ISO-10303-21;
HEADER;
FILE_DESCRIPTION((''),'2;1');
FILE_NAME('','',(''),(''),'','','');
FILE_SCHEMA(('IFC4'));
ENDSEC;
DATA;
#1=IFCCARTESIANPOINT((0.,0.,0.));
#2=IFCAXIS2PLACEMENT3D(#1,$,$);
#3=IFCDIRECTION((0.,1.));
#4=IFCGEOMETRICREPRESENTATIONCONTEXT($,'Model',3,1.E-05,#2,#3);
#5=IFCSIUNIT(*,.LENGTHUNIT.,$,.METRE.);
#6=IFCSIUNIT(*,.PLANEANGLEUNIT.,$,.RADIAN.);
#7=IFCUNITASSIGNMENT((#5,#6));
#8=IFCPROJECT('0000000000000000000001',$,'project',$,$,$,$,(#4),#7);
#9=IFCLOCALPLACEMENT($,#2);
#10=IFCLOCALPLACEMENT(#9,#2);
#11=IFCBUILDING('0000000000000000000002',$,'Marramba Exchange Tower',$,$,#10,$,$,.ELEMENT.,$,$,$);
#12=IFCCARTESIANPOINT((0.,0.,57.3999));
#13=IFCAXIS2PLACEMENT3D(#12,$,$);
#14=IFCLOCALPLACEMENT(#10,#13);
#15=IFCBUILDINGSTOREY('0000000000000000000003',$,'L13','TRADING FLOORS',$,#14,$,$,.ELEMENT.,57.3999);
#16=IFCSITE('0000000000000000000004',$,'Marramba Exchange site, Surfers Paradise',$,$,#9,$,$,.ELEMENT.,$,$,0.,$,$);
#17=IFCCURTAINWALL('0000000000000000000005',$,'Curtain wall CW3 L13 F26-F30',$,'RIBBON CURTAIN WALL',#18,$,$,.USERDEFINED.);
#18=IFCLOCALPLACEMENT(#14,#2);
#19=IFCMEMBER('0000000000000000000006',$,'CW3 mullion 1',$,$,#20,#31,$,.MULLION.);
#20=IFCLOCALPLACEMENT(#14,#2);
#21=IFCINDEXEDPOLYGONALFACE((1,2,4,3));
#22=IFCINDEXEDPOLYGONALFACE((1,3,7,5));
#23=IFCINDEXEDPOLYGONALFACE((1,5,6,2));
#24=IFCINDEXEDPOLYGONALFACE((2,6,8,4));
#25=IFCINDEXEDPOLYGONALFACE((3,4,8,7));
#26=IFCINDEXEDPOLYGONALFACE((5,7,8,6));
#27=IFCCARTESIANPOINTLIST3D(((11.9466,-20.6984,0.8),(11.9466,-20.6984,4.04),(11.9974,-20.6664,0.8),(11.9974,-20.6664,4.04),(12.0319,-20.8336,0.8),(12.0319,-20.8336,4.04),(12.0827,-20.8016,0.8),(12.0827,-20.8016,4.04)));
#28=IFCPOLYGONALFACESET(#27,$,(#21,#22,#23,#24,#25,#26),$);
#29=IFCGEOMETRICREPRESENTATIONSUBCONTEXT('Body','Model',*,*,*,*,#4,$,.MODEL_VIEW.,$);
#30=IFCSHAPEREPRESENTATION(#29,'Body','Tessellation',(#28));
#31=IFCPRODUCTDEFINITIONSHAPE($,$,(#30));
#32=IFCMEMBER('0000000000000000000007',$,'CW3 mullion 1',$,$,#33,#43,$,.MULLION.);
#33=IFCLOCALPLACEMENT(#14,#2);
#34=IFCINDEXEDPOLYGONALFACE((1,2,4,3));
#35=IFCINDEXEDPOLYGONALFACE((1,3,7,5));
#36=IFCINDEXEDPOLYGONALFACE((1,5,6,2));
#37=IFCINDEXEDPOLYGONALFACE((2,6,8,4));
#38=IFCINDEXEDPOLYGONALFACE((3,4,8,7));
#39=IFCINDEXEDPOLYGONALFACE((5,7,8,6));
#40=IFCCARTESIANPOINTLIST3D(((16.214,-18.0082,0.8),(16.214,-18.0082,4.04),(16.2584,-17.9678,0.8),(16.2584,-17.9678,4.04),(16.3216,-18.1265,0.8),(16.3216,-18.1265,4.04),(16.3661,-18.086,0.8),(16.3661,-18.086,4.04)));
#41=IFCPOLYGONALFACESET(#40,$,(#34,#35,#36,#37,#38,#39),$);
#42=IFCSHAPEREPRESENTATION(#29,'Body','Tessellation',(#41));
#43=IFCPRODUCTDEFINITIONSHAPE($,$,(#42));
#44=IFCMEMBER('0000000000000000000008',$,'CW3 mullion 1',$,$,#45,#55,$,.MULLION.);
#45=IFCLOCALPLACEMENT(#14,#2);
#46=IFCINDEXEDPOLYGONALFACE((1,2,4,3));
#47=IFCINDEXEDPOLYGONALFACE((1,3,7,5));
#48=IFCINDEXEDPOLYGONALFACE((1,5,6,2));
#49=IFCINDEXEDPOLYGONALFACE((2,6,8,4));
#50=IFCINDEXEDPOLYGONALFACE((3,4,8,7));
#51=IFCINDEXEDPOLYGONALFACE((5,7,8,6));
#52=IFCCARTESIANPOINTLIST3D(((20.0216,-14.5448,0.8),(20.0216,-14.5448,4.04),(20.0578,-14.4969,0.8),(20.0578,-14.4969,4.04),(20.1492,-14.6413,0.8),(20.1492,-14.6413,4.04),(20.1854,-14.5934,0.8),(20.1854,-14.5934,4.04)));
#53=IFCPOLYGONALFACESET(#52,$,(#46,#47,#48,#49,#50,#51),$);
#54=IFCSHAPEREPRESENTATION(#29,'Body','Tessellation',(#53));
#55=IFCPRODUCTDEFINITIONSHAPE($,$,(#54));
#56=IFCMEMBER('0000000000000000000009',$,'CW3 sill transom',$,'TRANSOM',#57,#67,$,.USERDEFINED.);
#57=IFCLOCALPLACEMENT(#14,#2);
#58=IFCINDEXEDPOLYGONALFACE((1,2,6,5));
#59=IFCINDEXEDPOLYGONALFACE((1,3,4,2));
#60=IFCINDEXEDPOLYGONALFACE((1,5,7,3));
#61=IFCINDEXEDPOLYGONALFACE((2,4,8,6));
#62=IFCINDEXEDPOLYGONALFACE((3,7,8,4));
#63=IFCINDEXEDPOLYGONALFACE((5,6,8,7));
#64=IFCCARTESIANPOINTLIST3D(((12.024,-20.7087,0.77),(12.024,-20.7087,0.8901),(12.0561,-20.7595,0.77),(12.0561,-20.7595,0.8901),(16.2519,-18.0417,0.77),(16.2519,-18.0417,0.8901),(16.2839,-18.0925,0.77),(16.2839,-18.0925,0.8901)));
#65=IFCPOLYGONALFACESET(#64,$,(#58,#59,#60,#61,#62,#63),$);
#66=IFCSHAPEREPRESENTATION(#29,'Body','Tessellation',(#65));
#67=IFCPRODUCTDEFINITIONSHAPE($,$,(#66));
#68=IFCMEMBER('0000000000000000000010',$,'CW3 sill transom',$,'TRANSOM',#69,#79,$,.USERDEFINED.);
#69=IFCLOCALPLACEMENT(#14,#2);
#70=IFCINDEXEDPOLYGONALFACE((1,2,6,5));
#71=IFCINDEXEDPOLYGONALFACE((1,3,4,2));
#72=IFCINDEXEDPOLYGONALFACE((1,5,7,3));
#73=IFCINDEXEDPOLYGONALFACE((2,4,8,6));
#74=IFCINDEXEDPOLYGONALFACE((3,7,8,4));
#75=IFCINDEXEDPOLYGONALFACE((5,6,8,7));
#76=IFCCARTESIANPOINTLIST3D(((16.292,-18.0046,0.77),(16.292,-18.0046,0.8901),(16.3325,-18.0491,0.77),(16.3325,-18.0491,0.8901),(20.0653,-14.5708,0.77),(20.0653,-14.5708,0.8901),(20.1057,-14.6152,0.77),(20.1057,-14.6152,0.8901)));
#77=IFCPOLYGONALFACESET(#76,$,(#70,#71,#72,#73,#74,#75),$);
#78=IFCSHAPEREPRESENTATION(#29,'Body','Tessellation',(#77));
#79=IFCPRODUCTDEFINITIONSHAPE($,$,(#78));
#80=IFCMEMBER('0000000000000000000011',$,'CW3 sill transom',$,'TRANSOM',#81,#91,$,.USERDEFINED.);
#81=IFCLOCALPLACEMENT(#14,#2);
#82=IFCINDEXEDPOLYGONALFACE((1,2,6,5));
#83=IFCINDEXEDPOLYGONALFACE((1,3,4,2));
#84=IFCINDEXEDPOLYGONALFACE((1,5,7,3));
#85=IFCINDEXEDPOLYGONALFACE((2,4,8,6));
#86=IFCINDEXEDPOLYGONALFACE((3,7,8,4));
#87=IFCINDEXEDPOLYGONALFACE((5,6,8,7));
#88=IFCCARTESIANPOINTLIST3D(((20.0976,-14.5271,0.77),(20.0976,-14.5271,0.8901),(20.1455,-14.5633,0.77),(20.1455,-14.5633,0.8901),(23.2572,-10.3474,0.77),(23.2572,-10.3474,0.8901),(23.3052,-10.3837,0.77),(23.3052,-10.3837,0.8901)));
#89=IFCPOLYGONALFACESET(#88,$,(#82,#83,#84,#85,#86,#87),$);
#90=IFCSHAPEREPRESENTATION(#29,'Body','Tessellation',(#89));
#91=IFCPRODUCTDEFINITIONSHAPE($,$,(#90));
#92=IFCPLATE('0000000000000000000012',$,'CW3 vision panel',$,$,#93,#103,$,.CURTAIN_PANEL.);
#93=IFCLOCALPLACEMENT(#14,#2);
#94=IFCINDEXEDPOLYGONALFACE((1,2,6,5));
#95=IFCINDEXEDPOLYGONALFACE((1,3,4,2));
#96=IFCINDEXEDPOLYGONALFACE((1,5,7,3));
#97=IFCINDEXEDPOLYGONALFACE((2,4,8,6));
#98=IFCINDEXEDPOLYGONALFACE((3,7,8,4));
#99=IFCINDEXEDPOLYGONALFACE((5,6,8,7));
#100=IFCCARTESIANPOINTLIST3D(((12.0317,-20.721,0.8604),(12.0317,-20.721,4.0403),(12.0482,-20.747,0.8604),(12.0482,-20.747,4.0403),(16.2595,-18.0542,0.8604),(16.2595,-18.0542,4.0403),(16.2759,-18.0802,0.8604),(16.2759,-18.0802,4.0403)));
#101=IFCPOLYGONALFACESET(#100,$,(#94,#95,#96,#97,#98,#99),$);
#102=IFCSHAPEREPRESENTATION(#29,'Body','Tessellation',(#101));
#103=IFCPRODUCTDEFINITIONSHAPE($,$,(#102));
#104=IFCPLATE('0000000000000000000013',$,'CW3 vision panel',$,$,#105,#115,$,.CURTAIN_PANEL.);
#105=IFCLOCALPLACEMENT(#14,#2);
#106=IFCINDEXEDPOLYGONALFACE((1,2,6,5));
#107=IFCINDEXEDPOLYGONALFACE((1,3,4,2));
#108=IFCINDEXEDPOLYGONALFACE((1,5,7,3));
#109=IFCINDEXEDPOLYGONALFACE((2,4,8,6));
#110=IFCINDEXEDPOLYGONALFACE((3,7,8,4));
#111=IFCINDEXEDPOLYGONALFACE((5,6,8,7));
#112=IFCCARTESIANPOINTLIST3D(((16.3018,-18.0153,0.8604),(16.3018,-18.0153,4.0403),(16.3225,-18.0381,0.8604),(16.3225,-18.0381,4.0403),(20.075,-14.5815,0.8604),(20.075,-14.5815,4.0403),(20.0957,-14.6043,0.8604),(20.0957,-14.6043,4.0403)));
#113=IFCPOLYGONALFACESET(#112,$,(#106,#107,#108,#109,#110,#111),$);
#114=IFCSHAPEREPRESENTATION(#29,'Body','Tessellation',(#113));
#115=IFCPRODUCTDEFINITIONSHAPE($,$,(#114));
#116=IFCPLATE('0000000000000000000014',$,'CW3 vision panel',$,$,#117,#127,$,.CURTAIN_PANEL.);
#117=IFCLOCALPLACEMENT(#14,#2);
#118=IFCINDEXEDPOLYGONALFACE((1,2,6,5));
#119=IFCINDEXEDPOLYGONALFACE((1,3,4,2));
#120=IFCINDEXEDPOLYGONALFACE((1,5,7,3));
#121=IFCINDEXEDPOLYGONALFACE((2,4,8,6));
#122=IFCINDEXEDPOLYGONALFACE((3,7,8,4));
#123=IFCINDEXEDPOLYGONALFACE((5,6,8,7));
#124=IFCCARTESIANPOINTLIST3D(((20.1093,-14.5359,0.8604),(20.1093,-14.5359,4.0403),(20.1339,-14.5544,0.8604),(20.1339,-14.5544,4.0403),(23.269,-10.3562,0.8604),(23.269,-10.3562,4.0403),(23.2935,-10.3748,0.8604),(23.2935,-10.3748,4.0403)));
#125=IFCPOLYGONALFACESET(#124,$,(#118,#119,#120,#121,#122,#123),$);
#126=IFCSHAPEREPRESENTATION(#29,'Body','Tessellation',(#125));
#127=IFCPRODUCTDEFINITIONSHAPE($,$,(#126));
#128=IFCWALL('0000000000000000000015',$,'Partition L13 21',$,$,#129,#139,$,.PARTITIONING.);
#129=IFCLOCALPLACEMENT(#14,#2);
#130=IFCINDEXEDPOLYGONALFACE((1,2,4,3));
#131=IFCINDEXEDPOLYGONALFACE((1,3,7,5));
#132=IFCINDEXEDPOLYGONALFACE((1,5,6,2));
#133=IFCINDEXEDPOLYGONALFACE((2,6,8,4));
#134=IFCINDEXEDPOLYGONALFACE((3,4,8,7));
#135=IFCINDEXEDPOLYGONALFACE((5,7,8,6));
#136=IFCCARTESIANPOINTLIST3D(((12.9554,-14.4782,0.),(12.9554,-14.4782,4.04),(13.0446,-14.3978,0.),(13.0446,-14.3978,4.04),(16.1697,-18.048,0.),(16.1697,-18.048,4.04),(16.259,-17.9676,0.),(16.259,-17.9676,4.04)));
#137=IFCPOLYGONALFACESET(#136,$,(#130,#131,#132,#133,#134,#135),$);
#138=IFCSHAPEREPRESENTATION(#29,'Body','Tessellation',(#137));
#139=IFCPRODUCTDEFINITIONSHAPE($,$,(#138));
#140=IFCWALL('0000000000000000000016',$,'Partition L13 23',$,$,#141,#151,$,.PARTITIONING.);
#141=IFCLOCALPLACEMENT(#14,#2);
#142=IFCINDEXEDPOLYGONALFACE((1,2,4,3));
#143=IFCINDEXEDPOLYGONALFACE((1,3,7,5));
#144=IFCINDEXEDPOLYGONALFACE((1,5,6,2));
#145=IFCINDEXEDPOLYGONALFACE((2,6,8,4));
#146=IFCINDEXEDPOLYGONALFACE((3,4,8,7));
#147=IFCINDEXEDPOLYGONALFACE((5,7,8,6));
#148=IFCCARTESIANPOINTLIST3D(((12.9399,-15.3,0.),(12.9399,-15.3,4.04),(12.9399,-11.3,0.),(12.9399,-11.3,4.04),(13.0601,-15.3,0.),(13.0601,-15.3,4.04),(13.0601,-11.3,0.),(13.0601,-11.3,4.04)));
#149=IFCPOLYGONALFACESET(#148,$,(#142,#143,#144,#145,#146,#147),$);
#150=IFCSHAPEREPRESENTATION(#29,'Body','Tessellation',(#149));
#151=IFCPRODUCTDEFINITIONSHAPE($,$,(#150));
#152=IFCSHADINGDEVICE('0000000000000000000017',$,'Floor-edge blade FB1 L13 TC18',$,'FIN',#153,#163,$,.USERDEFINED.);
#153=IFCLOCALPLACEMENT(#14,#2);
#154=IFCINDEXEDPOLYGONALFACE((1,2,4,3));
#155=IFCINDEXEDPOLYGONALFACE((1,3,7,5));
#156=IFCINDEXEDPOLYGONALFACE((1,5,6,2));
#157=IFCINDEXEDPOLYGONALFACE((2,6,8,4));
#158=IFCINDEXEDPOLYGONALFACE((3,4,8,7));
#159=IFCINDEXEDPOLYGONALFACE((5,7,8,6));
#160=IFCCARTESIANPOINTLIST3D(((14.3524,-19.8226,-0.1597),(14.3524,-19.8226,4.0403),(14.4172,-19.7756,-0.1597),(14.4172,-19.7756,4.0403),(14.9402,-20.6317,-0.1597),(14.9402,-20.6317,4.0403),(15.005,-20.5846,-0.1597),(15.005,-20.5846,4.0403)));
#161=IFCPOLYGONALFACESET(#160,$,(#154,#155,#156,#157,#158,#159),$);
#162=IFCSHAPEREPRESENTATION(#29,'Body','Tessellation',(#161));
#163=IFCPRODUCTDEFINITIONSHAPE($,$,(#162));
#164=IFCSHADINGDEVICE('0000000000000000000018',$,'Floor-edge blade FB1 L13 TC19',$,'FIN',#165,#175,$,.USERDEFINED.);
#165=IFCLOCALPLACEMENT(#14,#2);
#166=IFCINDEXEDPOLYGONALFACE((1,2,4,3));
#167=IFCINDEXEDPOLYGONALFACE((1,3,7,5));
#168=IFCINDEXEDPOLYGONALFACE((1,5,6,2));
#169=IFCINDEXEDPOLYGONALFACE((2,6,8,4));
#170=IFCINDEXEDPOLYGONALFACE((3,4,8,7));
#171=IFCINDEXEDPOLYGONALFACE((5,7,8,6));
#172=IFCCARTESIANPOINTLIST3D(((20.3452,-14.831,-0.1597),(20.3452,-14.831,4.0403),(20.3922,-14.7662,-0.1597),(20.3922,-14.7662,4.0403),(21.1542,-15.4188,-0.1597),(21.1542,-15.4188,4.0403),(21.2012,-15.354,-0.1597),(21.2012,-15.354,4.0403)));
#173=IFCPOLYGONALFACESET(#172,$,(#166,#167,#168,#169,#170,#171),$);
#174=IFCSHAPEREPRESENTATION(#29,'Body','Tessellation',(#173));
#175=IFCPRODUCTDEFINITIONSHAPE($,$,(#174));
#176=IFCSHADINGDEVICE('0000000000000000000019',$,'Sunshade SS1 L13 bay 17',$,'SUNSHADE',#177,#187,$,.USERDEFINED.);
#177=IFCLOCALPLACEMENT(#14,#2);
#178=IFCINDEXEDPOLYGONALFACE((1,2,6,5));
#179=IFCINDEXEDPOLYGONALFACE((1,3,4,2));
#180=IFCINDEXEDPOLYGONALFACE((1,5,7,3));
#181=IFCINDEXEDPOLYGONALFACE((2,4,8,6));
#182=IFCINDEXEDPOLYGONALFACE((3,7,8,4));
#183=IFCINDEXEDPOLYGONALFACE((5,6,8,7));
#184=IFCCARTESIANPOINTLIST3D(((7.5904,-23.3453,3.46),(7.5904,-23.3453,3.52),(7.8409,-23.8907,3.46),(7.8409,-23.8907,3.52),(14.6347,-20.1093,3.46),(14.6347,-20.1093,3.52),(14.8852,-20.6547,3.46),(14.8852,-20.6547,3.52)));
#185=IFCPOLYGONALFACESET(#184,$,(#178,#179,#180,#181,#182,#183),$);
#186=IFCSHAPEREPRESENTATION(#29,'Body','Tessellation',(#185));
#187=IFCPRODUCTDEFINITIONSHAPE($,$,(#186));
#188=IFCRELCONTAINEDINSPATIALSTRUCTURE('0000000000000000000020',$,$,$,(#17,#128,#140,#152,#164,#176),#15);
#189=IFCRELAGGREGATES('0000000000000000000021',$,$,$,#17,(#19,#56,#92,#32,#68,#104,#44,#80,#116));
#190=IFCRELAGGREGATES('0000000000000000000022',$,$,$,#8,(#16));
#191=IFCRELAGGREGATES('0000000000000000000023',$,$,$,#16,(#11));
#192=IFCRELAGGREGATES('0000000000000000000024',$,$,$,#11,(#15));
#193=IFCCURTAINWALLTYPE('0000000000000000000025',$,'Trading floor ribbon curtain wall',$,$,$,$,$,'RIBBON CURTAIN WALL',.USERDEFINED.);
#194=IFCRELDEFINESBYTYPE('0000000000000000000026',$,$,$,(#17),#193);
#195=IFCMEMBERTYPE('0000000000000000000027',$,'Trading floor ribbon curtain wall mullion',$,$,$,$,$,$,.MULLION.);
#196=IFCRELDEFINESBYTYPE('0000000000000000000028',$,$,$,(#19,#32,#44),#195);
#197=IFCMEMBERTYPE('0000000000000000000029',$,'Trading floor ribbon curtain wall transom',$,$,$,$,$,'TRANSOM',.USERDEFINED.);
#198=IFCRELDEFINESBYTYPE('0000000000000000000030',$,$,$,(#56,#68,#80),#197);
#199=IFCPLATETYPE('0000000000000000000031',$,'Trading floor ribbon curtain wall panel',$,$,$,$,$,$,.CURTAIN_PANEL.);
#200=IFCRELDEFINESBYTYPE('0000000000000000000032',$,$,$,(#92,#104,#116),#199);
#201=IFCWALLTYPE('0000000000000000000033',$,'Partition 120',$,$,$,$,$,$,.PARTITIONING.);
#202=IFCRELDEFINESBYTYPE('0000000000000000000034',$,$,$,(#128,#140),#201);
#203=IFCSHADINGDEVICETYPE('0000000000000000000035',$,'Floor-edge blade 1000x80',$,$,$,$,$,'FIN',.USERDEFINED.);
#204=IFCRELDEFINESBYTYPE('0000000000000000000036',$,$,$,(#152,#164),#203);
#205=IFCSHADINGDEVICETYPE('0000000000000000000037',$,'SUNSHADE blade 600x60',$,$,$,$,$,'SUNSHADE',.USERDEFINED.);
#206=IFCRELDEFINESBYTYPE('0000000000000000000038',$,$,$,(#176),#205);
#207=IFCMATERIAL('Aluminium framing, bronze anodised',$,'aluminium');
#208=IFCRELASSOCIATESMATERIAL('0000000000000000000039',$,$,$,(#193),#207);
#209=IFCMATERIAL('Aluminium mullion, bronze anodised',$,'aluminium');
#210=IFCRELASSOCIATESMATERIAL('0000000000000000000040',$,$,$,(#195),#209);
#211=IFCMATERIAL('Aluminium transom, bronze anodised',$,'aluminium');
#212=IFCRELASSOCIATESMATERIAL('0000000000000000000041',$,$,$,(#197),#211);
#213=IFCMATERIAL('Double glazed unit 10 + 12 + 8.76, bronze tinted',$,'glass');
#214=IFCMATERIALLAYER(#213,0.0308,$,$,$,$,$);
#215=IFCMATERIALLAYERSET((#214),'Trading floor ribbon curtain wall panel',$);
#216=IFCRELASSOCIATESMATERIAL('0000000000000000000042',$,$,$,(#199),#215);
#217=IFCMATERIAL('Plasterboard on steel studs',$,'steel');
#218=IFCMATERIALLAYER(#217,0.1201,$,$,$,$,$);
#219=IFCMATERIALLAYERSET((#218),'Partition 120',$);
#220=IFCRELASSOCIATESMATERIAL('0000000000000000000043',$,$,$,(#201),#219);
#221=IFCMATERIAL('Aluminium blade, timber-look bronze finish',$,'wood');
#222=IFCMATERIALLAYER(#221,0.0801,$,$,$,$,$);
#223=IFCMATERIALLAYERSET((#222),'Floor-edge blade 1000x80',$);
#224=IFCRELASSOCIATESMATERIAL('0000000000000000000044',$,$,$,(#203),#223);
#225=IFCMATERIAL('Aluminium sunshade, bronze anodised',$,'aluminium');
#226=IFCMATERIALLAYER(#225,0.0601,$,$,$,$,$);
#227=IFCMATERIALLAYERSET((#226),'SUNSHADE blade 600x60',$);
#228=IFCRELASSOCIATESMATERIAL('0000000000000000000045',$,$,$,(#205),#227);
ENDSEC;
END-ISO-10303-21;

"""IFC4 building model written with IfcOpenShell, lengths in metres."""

from ifc_helpers import new_model, si_unit, direction, frame, frame_2d, origin, origin_2d, place, context, subcontext, project, spatial, rectangle, extrude, material, layer, layer_set, material_profile, profile_set, type_object, element, aggregate, save


model = new_model("IFC4")

# Units and contexts
model_context = context("Model", 3, precision=1e-05, world=origin(), true_north=direction((0.0, 1.0)))
body_context = subcontext(model_context, "Body", "Model", "MODEL_VIEW")
ifc_project = project(units=[si_unit("LENGTHUNIT", "METRE"), si_unit("PLANEANGLEUNIT", "RADIAN")], contexts=[model_context])

# Site, building, storey
site_placement = place(None, origin())
site = spatial("IfcSite", under=ifc_project, at=site_placement, Name="Marramba Exchange site, Surfers Paradise", CompositionType="ELEMENT", RefElevation=0.0)
building_placement = place(site_placement, origin())
building = spatial("IfcBuilding", under=site, at=building_placement, Name="Marramba Exchange Tower", CompositionType="ELEMENT")
storey_placement = place(building_placement, frame((0.0, 0.0, 57.3999)))
storey = spatial("IfcBuildingStorey", under=building, at=storey_placement, Name="L13", Description="TRADING FLOORS", CompositionType="ELEMENT", Elevation=57.3999)

# Curtain wall, members, plates
ifc_material_1 = material(Name="Aluminium framing, bronze anodised", Category="aluminium")
curtain_wall_type = type_object("IfcCurtainWallType", Name="Trading floor ribbon curtain wall", ElementType="RIBBON CURTAIN WALL", PredefinedType="USERDEFINED", material=ifc_material_1)
curtain_wall_placement = place(storey_placement, origin())
curtain_wall = element("IfcCurtainWall", 1, at=curtain_wall_placement, inside=storey, type_object=curtain_wall_type, Name="Curtain wall CW3 L13 F26-F30", ObjectType="RIBBON CURTAIN WALL", PredefinedType="USERDEFINED")
ifc_material_2 = material(Name="Aluminium mullion, bronze anodised", Category="aluminium")
ifc_material_profile_1 = material_profile(ifc_material_2, rectangle(XDim=0.1599, YDim=0.0601, at=origin_2d()), Name="CW3 mullion 60x160")
ifc_profile_set_1 = profile_set([ifc_material_profile_1], Name="Aluminium mullion, bronze anodised")
member_type_1 = type_object("IfcMemberType", Name="Trading floor ribbon curtain wall mullion", PredefinedType="MULLION", material=ifc_profile_set_1)
member_1_placement = place(storey_placement, frame((12.0146, -20.75, 0.8), z_axis=(0.0, 0.0, 1.0), x_axis=(-0.533515, 0.845791, 0.0)))
member_1 = element("IfcMember", 2, at=member_1_placement, type_object=member_type_1, Name="CW3 mullion 1", PredefinedType="MULLION", context=body_context, shape_type="SweptSolid", body=[
    extrude(rectangle(XDim=0.1599, YDim=0.0601, at=origin_2d()), origin(), (0.0, 0.0, 1.0), 3.24),
])
member_2_placement = place(storey_placement, frame((16.29, -18.0471, 0.8), z_axis=(0.0, 0.0, 1.0), x_axis=(-0.673058, 0.73959, 0.0)))
member_2 = element("IfcMember", 3, at=member_2_placement, type_object=member_type_1, Name="CW3 mullion 1", PredefinedType="MULLION", context=body_context, shape_type="SweptSolid", body=[
    extrude(rectangle(XDim=0.1599, YDim=0.0601, at=origin_2d()), origin(), (0.0, 0.0, 1.0), 3.24),
])
member_3_placement = place(storey_placement, frame((20.1035, -14.5691, 0.8), z_axis=(0.0, 0.0, 1.0), x_axis=(-0.797711, 0.60304, 0.0)))
member_3 = element("IfcMember", 4, at=member_3_placement, type_object=member_type_1, Name="CW3 mullion 1", PredefinedType="MULLION", context=body_context, shape_type="SweptSolid", body=[
    extrude(rectangle(XDim=0.1599, YDim=0.0601, at=origin_2d()), origin(), (0.0, 0.0, 1.0), 3.24),
])
ifc_material_3 = material(Name="Aluminium transom, bronze anodised", Category="aluminium")
ifc_material_profile_2 = material_profile(ifc_material_3, rectangle(XDim=0.0601, YDim=0.1201, at=origin_2d()), Name="CW3 transom 60x120")
ifc_profile_set_2 = profile_set([ifc_material_profile_2], Name="Aluminium transom, bronze anodised")
member_type_2 = type_object("IfcMemberType", Name="Trading floor ribbon curtain wall transom", ElementType="TRANSOM", PredefinedType="USERDEFINED", material=ifc_profile_set_2)
member_4_placement = place(storey_placement, frame((12.04, -20.7341, 0.8301), z_axis=(0.845777, 0.533537, 0.0), x_axis=(-0.533537, 0.845777, 0.0)))
member_4 = element("IfcMember", 5, at=member_4_placement, type_object=member_type_2, Name="CW3 sill transom", ObjectType="TRANSOM", PredefinedType="USERDEFINED", context=body_context, shape_type="SweptSolid", body=[
    extrude(rectangle(XDim=0.0601, YDim=0.1201, at=origin_2d()), origin(), (0.0, 0.0, 1.0), 4.9988),
])
member_5_placement = place(storey_placement, frame((16.3123, -18.0269, 0.8301), z_axis=(0.739583, 0.673066, 0.0), x_axis=(-0.673066, 0.739583, 0.0)))
member_5 = element("IfcMember", 6, at=member_5_placement, type_object=member_type_2, Name="CW3 sill transom", ObjectType="TRANSOM", PredefinedType="USERDEFINED", context=body_context, shape_type="SweptSolid", body=[
    extrude(rectangle(XDim=0.0601, YDim=0.1201, at=origin_2d()), origin(), (0.0, 0.0, 1.0), 5.1018),
])
member_6_placement = place(storey_placement, frame((20.1216, -14.5452, 0.8301), z_axis=(0.603037, 0.797713, 0.0), x_axis=(-0.797713, 0.603037, 0.0)))
member_6 = element("IfcMember", 7, at=member_6_placement, type_object=member_type_2, Name="CW3 sill transom", ObjectType="TRANSOM", PredefinedType="USERDEFINED", context=body_context, shape_type="SweptSolid", body=[
    extrude(rectangle(XDim=0.0601, YDim=0.1201, at=origin_2d()), origin(), (0.0, 0.0, 1.0), 5.2395),
])
ifc_material_4 = material(Name="Double glazed unit 10 + 12 + 8.76, bronze tinted", Category="glass")
ifc_layer_1 = layer(ifc_material_4, 0.0308)
ifc_layer_set_1 = layer_set([ifc_layer_1], Name="Trading floor ribbon curtain wall panel")
plate_type = type_object("IfcPlateType", Name="Trading floor ribbon curtain wall panel", PredefinedType="CURTAIN_PANEL", material=ifc_layer_set_1)
plate_1_placement = place(storey_placement, frame((14.1538, -19.4006, 0.8604), z_axis=(0.0, 0.0, 1.0), x_axis=(0.845791, 0.533515, 0.0)))
plate_1 = element("IfcPlate", 8, at=plate_1_placement, type_object=plate_type, Name="CW3 vision panel", PredefinedType="CURTAIN_PANEL", context=body_context, shape_type="SweptSolid", body=[
    extrude(rectangle(XDim=4.9985, YDim=0.0308, at=origin_2d()), origin(), (0.0, 0.0, 1.0), 3.1799),
])
plate_2_placement = place(storey_placement, frame((18.1987, -16.3098, 0.8604), z_axis=(0.0, 0.0, 1.0), x_axis=(0.73959, 0.673058, 0.0)))
plate_2 = element("IfcPlate", 9, at=plate_2_placement, type_object=plate_type, Name="CW3 vision panel", PredefinedType="CURTAIN_PANEL", context=body_context, shape_type="SweptSolid", body=[
    extrude(rectangle(XDim=5.1018, YDim=0.0308, at=origin_2d()), origin(), (0.0, 0.0, 1.0), 3.1799),
])
plate_3_placement = place(storey_placement, frame((21.7014, -12.4553, 0.8604), z_axis=(0.0, 0.0, 1.0), x_axis=(0.60304, 0.797711, 0.0)))
plate_3 = element("IfcPlate", 10, at=plate_3_placement, type_object=plate_type, Name="CW3 vision panel", PredefinedType="CURTAIN_PANEL", context=body_context, shape_type="SweptSolid", body=[
    extrude(rectangle(XDim=5.2395, YDim=0.0308, at=origin_2d()), origin(), (0.0, 0.0, 1.0), 3.1799),
])
aggregate(curtain_wall, [member_1, member_4, plate_1, member_2, member_5, plate_2, member_3, member_6, plate_3])

# Walls
ifc_material_5 = material(Name="Plasterboard on steel studs", Category="steel")
ifc_layer_2 = layer(ifc_material_5, 0.1201)
ifc_layer_set_2 = layer_set([ifc_layer_2], Name="Partition 120")
wall_type = type_object("IfcWallType", Name="Partition 120", PredefinedType="PARTITIONING", material=ifc_layer_set_2)
wall_1_placement = place(storey_placement, frame((16.2144, -18.0078, 0.0), z_axis=(0.0, 0.0, 1.0), x_axis=(-0.669139, 0.743137, 0.0)))
element("IfcWall", 11, at=wall_1_placement, inside=storey, type_object=wall_type, Name="Partition L13 21", PredefinedType="PARTITIONING", context=body_context, shape_type="SweptSolid", body=[
    extrude(rectangle(XDim=4.8037, YDim=0.1201, at=frame_2d((2.4019, 0.0))), origin(), (0.0, 0.0, 1.0), 4.04),
])
wall_2_placement = place(storey_placement, frame((13.0, -15.3, 0.0), z_axis=(0.0, 0.0, 1.0), x_axis=(0.0, 1.0, 0.0)))
element("IfcWall", 12, at=wall_2_placement, inside=storey, type_object=wall_type, Name="Partition L13 23", PredefinedType="PARTITIONING", context=body_context, shape_type="SweptSolid", body=[
    extrude(rectangle(XDim=4.0, YDim=0.1201, at=frame_2d((2.0, 0.0))), origin(), (0.0, 0.0, 1.0), 4.04),
])

# Shading devices
ifc_material_6 = material(Name="Aluminium blade, timber-look bronze finish", Category="wood")
ifc_layer_3 = layer(ifc_material_6, 0.0801)
ifc_layer_set_3 = layer_set([ifc_layer_3], Name="Floor-edge blade 1000x80")
shading_device_type_1 = type_object("IfcShadingDeviceType", Name="Floor-edge blade 1000x80", ElementType="FIN", PredefinedType="USERDEFINED", material=ifc_layer_set_3)
for number, where, z_axis, x_axis, name in (
    (13, (14.6787, -20.2036, -0.1597), (0.0, 0.0, 1.0), (0.587785, -0.809017, 0.0), "Floor-edge blade FB1 L13 TC18"),
    (14, (20.7732, -15.0925, -0.1597), (0.0, 0.0, 1.0), (0.809017, -0.587785, 0.0), "Floor-edge blade FB1 L13 TC19"),
):
    element("IfcShadingDevice", number, at=place(storey_placement, frame(where, z_axis=z_axis, x_axis=x_axis)), inside=storey, type_object=shading_device_type_1, Name=name, ObjectType="FIN", PredefinedType="USERDEFINED", context=body_context, shape_type="SweptSolid", body=[
        extrude(rectangle(XDim=1.0, YDim=0.0801, at=origin_2d()), origin(), (0.0, 0.0, 1.0), 4.2),
    ])
ifc_material_7 = material(Name="Aluminium sunshade, bronze anodised", Category="aluminium")
ifc_layer_4 = layer(ifc_material_7, 0.0601)
ifc_layer_set_4 = layer_set([ifc_layer_4], Name="SUNSHADE blade 600x60")
shading_device_type_2 = type_object("IfcShadingDeviceType", Name="SUNSHADE blade 600x60", ElementType="SUNSHADE", PredefinedType="USERDEFINED", material=ifc_layer_set_4)
shading_device_1_placement = place(storey_placement, frame((11.2378, -22.0, 3.46), z_axis=(0.0, 0.0, 1.0), x_axis=(0.908704, 0.417442, 0.0)))
element("IfcShadingDevice", 15, at=shading_device_1_placement, inside=storey, type_object=shading_device_type_2, Name="Sunshade SS1 L13 bay 17", ObjectType="SUNSHADE", PredefinedType="USERDEFINED", context=body_context, shape_type="SweptSolid", body=[
    extrude(rectangle(XDim=7.752, YDim=0.6001, at=origin_2d()), origin(), (0.0, 0.0, 1.0), 0.0601),
])

save(model, "model.ifc")
